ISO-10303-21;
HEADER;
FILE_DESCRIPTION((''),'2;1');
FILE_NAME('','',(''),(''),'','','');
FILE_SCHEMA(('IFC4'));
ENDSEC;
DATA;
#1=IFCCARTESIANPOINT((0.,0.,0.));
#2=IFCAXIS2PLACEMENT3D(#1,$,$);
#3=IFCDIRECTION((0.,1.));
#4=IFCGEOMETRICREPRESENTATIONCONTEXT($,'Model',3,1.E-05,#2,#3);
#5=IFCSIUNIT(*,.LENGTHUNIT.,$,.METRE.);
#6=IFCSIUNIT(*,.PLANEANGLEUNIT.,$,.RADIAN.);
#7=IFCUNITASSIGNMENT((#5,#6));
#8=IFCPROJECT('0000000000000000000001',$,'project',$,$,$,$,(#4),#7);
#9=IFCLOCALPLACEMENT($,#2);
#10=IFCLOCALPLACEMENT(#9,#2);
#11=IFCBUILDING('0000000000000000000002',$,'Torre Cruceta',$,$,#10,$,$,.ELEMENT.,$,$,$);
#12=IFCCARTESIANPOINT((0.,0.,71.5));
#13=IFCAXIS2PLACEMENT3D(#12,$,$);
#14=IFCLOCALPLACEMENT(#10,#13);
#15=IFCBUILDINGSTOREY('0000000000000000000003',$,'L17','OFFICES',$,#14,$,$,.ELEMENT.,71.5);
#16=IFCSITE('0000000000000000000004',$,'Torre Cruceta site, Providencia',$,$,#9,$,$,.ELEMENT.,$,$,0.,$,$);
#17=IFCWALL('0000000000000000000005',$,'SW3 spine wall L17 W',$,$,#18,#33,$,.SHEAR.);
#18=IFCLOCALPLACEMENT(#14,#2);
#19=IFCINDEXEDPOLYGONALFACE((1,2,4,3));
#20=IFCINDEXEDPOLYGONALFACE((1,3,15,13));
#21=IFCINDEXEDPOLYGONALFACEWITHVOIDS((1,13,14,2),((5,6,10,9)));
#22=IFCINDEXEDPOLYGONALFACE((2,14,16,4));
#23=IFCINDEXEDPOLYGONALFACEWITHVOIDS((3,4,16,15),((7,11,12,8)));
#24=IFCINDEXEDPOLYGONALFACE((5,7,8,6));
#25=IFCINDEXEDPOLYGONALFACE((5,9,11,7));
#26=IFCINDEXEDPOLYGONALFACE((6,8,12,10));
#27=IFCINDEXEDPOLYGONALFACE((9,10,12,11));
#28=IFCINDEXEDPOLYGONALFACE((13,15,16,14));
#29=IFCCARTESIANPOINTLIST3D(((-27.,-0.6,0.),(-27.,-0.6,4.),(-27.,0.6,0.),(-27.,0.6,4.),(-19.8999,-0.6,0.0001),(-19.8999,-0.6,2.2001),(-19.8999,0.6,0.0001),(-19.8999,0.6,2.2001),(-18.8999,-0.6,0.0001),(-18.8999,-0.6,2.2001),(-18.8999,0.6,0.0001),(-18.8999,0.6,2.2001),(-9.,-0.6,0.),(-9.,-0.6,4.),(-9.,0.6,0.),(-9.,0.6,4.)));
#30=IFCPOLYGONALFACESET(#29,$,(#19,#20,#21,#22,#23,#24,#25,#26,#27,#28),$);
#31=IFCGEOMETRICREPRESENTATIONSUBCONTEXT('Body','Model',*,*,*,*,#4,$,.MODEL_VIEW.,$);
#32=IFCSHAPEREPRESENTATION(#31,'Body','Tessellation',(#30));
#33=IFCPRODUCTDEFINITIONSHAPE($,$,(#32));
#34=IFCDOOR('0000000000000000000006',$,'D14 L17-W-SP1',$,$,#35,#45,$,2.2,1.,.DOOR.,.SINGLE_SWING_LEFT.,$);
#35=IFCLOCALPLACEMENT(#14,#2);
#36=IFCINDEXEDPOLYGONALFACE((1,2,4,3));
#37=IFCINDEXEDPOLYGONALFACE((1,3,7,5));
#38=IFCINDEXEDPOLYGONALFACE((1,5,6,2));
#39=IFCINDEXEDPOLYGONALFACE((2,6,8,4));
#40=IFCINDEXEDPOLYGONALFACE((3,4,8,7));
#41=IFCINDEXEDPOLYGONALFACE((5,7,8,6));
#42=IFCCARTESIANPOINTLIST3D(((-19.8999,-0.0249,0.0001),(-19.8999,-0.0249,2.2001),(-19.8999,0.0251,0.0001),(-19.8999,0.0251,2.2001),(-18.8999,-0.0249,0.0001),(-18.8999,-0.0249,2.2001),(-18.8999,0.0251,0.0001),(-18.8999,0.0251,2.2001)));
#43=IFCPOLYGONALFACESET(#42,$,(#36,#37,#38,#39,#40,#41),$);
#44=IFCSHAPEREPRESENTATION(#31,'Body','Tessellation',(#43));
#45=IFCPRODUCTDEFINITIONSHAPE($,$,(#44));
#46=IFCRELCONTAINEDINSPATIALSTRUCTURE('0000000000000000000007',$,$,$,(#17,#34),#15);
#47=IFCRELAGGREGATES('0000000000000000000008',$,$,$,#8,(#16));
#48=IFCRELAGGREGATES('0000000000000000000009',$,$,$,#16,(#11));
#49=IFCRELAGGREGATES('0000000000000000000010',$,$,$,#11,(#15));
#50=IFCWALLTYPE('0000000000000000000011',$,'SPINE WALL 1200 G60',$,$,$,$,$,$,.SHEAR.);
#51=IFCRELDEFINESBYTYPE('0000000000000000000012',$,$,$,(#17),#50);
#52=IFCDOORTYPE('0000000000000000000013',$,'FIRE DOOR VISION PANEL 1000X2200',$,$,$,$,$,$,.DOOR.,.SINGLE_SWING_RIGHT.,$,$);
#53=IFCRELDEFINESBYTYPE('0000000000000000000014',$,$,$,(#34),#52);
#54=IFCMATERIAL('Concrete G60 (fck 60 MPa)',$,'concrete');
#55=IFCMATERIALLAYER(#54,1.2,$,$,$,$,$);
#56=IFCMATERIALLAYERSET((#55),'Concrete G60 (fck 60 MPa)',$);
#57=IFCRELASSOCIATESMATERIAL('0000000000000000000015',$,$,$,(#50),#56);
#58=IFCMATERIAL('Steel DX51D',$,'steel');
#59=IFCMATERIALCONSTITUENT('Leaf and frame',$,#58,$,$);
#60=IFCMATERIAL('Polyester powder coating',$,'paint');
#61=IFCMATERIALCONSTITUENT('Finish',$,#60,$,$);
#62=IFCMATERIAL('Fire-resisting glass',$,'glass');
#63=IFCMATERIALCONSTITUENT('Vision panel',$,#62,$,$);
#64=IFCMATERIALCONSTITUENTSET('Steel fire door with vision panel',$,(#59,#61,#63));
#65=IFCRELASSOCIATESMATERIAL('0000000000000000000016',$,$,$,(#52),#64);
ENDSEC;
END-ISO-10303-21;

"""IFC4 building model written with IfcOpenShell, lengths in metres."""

from ifc_helpers import new_model, si_unit, direction, frame, frame_2d, origin, place, context, subcontext, project, spatial, rectangle, extrude, material, layer, layer_set, constituent, constituent_set, type_object, element, fill, save


model = new_model("IFC4")

# Units and contexts
model_context = context("Model", 3, precision=1e-05, world=origin(), true_north=direction((0.0, 1.0)))
body_context = subcontext(model_context, "Body", "Model", "MODEL_VIEW")
ifc_project = project(units=[si_unit("LENGTHUNIT", "METRE"), si_unit("PLANEANGLEUNIT", "RADIAN")], contexts=[model_context])

# Site, building, storey
site_placement = place(None, origin())
site = spatial("IfcSite", under=ifc_project, at=site_placement, Name="Torre Cruceta site, Providencia", CompositionType="ELEMENT", RefElevation=0.0)
building_placement = place(site_placement, origin())
building = spatial("IfcBuilding", under=site, at=building_placement, Name="Torre Cruceta", CompositionType="ELEMENT")
storey_placement = place(building_placement, frame((0.0, 0.0, 71.5)))
storey = spatial("IfcBuildingStorey", under=building, at=storey_placement, Name="L17", Description="OFFICES", CompositionType="ELEMENT", Elevation=71.5)

# Wall, opening, door
ifc_material_1 = material(Name="Concrete G60 (fck 60 MPa)", Category="concrete")
ifc_layer_1 = layer(ifc_material_1, 1.2)
ifc_layer_set_1 = layer_set([ifc_layer_1], Name="Concrete G60 (fck 60 MPa)")
wall_type_1 = type_object("IfcWallType", Name="SPINE WALL 1200 G60", PredefinedType="SHEAR", material=ifc_layer_set_1)
ifc_material_2 = material(Name="Steel DX51D", Category="steel")
ifc_constituent_1 = constituent(ifc_material_2, Name="Leaf and frame")
ifc_material_3 = material(Name="Polyester powder coating", Category="paint")
ifc_constituent_2 = constituent(ifc_material_3, Name="Finish")
ifc_material_4 = material(Name="Fire-resisting glass", Category="glass")
ifc_constituent_3 = constituent(ifc_material_4, Name="Vision panel")
ifc_constituent_set_1 = constituent_set(constituents=[ifc_constituent_1, ifc_constituent_2, ifc_constituent_3], Name="Steel fire door with vision panel")
door_type_1 = type_object("IfcDoorType", Name="FIRE DOOR VISION PANEL 1000X2200", OperationType="SINGLE_SWING_RIGHT", PredefinedType="DOOR", material=ifc_constituent_set_1)
wall_1_placement = place(storey_placement, frame((-9.0, 0.0, 0.0), z_axis=(0.0, 0.0, 1.0), x_axis=(-1.0, 0.0, 0.0)))
wall_1 = element("IfcWall", 1, at=wall_1_placement, inside=storey, type_object=wall_type_1, Name="SW3 spine wall L17 W", PredefinedType="SHEAR", context=body_context, shape_type="SweptSolid", body=[
    extrude(rectangle(XDim=18.0, YDim=1.2, at=frame_2d((9.0, 0.0))), origin(), (0.0, 0.0, 1.0), 4.0),
])
opening_1_placement = place(wall_1_placement, frame((9.8999, 0.0, 0.0)))
opening_1 = element("IfcOpeningElement", 2, at=opening_1_placement, cuts=wall_1, PredefinedType="OPENING", context=body_context, shape_type="SweptSolid", body=[
    extrude(rectangle(XDim=1.0, YDim=2.2, at=frame_2d((0.5, 1.1001))), frame((0.0, 0.6099, 0.0), z_axis=(0.0, -1.0, 0.0), x_axis=(1.0, 0.0, 0.0)), (0.0, 0.0, 1.0), 1.22),
])
door_1_placement = place(opening_1_placement, frame((1.0, 0.0, 0.0), z_axis=(0.0, 0.0, 1.0), x_axis=(-1.0, 0.0, 0.0)))
door_1 = element("IfcDoor", 3, at=door_1_placement, inside=storey, type_object=door_type_1, Name="D14 L17-W-SP1", OperationType="SINGLE_SWING_LEFT", OverallHeight=2.2, OverallWidth=1.0, PredefinedType="DOOR", context=body_context, shape_type="SweptSolid", body=[
    extrude(rectangle(XDim=1.0, YDim=2.2, at=frame_2d((0.5, 1.1001))), frame((0.0, 0.0251, 0.0), z_axis=(0.0, -1.0, 0.0), x_axis=(1.0, 0.0, 0.0)), (0.0, 0.0, 1.0), 0.05),
])
fill(opening_1, door_1)

save(model, "model.ifc")
